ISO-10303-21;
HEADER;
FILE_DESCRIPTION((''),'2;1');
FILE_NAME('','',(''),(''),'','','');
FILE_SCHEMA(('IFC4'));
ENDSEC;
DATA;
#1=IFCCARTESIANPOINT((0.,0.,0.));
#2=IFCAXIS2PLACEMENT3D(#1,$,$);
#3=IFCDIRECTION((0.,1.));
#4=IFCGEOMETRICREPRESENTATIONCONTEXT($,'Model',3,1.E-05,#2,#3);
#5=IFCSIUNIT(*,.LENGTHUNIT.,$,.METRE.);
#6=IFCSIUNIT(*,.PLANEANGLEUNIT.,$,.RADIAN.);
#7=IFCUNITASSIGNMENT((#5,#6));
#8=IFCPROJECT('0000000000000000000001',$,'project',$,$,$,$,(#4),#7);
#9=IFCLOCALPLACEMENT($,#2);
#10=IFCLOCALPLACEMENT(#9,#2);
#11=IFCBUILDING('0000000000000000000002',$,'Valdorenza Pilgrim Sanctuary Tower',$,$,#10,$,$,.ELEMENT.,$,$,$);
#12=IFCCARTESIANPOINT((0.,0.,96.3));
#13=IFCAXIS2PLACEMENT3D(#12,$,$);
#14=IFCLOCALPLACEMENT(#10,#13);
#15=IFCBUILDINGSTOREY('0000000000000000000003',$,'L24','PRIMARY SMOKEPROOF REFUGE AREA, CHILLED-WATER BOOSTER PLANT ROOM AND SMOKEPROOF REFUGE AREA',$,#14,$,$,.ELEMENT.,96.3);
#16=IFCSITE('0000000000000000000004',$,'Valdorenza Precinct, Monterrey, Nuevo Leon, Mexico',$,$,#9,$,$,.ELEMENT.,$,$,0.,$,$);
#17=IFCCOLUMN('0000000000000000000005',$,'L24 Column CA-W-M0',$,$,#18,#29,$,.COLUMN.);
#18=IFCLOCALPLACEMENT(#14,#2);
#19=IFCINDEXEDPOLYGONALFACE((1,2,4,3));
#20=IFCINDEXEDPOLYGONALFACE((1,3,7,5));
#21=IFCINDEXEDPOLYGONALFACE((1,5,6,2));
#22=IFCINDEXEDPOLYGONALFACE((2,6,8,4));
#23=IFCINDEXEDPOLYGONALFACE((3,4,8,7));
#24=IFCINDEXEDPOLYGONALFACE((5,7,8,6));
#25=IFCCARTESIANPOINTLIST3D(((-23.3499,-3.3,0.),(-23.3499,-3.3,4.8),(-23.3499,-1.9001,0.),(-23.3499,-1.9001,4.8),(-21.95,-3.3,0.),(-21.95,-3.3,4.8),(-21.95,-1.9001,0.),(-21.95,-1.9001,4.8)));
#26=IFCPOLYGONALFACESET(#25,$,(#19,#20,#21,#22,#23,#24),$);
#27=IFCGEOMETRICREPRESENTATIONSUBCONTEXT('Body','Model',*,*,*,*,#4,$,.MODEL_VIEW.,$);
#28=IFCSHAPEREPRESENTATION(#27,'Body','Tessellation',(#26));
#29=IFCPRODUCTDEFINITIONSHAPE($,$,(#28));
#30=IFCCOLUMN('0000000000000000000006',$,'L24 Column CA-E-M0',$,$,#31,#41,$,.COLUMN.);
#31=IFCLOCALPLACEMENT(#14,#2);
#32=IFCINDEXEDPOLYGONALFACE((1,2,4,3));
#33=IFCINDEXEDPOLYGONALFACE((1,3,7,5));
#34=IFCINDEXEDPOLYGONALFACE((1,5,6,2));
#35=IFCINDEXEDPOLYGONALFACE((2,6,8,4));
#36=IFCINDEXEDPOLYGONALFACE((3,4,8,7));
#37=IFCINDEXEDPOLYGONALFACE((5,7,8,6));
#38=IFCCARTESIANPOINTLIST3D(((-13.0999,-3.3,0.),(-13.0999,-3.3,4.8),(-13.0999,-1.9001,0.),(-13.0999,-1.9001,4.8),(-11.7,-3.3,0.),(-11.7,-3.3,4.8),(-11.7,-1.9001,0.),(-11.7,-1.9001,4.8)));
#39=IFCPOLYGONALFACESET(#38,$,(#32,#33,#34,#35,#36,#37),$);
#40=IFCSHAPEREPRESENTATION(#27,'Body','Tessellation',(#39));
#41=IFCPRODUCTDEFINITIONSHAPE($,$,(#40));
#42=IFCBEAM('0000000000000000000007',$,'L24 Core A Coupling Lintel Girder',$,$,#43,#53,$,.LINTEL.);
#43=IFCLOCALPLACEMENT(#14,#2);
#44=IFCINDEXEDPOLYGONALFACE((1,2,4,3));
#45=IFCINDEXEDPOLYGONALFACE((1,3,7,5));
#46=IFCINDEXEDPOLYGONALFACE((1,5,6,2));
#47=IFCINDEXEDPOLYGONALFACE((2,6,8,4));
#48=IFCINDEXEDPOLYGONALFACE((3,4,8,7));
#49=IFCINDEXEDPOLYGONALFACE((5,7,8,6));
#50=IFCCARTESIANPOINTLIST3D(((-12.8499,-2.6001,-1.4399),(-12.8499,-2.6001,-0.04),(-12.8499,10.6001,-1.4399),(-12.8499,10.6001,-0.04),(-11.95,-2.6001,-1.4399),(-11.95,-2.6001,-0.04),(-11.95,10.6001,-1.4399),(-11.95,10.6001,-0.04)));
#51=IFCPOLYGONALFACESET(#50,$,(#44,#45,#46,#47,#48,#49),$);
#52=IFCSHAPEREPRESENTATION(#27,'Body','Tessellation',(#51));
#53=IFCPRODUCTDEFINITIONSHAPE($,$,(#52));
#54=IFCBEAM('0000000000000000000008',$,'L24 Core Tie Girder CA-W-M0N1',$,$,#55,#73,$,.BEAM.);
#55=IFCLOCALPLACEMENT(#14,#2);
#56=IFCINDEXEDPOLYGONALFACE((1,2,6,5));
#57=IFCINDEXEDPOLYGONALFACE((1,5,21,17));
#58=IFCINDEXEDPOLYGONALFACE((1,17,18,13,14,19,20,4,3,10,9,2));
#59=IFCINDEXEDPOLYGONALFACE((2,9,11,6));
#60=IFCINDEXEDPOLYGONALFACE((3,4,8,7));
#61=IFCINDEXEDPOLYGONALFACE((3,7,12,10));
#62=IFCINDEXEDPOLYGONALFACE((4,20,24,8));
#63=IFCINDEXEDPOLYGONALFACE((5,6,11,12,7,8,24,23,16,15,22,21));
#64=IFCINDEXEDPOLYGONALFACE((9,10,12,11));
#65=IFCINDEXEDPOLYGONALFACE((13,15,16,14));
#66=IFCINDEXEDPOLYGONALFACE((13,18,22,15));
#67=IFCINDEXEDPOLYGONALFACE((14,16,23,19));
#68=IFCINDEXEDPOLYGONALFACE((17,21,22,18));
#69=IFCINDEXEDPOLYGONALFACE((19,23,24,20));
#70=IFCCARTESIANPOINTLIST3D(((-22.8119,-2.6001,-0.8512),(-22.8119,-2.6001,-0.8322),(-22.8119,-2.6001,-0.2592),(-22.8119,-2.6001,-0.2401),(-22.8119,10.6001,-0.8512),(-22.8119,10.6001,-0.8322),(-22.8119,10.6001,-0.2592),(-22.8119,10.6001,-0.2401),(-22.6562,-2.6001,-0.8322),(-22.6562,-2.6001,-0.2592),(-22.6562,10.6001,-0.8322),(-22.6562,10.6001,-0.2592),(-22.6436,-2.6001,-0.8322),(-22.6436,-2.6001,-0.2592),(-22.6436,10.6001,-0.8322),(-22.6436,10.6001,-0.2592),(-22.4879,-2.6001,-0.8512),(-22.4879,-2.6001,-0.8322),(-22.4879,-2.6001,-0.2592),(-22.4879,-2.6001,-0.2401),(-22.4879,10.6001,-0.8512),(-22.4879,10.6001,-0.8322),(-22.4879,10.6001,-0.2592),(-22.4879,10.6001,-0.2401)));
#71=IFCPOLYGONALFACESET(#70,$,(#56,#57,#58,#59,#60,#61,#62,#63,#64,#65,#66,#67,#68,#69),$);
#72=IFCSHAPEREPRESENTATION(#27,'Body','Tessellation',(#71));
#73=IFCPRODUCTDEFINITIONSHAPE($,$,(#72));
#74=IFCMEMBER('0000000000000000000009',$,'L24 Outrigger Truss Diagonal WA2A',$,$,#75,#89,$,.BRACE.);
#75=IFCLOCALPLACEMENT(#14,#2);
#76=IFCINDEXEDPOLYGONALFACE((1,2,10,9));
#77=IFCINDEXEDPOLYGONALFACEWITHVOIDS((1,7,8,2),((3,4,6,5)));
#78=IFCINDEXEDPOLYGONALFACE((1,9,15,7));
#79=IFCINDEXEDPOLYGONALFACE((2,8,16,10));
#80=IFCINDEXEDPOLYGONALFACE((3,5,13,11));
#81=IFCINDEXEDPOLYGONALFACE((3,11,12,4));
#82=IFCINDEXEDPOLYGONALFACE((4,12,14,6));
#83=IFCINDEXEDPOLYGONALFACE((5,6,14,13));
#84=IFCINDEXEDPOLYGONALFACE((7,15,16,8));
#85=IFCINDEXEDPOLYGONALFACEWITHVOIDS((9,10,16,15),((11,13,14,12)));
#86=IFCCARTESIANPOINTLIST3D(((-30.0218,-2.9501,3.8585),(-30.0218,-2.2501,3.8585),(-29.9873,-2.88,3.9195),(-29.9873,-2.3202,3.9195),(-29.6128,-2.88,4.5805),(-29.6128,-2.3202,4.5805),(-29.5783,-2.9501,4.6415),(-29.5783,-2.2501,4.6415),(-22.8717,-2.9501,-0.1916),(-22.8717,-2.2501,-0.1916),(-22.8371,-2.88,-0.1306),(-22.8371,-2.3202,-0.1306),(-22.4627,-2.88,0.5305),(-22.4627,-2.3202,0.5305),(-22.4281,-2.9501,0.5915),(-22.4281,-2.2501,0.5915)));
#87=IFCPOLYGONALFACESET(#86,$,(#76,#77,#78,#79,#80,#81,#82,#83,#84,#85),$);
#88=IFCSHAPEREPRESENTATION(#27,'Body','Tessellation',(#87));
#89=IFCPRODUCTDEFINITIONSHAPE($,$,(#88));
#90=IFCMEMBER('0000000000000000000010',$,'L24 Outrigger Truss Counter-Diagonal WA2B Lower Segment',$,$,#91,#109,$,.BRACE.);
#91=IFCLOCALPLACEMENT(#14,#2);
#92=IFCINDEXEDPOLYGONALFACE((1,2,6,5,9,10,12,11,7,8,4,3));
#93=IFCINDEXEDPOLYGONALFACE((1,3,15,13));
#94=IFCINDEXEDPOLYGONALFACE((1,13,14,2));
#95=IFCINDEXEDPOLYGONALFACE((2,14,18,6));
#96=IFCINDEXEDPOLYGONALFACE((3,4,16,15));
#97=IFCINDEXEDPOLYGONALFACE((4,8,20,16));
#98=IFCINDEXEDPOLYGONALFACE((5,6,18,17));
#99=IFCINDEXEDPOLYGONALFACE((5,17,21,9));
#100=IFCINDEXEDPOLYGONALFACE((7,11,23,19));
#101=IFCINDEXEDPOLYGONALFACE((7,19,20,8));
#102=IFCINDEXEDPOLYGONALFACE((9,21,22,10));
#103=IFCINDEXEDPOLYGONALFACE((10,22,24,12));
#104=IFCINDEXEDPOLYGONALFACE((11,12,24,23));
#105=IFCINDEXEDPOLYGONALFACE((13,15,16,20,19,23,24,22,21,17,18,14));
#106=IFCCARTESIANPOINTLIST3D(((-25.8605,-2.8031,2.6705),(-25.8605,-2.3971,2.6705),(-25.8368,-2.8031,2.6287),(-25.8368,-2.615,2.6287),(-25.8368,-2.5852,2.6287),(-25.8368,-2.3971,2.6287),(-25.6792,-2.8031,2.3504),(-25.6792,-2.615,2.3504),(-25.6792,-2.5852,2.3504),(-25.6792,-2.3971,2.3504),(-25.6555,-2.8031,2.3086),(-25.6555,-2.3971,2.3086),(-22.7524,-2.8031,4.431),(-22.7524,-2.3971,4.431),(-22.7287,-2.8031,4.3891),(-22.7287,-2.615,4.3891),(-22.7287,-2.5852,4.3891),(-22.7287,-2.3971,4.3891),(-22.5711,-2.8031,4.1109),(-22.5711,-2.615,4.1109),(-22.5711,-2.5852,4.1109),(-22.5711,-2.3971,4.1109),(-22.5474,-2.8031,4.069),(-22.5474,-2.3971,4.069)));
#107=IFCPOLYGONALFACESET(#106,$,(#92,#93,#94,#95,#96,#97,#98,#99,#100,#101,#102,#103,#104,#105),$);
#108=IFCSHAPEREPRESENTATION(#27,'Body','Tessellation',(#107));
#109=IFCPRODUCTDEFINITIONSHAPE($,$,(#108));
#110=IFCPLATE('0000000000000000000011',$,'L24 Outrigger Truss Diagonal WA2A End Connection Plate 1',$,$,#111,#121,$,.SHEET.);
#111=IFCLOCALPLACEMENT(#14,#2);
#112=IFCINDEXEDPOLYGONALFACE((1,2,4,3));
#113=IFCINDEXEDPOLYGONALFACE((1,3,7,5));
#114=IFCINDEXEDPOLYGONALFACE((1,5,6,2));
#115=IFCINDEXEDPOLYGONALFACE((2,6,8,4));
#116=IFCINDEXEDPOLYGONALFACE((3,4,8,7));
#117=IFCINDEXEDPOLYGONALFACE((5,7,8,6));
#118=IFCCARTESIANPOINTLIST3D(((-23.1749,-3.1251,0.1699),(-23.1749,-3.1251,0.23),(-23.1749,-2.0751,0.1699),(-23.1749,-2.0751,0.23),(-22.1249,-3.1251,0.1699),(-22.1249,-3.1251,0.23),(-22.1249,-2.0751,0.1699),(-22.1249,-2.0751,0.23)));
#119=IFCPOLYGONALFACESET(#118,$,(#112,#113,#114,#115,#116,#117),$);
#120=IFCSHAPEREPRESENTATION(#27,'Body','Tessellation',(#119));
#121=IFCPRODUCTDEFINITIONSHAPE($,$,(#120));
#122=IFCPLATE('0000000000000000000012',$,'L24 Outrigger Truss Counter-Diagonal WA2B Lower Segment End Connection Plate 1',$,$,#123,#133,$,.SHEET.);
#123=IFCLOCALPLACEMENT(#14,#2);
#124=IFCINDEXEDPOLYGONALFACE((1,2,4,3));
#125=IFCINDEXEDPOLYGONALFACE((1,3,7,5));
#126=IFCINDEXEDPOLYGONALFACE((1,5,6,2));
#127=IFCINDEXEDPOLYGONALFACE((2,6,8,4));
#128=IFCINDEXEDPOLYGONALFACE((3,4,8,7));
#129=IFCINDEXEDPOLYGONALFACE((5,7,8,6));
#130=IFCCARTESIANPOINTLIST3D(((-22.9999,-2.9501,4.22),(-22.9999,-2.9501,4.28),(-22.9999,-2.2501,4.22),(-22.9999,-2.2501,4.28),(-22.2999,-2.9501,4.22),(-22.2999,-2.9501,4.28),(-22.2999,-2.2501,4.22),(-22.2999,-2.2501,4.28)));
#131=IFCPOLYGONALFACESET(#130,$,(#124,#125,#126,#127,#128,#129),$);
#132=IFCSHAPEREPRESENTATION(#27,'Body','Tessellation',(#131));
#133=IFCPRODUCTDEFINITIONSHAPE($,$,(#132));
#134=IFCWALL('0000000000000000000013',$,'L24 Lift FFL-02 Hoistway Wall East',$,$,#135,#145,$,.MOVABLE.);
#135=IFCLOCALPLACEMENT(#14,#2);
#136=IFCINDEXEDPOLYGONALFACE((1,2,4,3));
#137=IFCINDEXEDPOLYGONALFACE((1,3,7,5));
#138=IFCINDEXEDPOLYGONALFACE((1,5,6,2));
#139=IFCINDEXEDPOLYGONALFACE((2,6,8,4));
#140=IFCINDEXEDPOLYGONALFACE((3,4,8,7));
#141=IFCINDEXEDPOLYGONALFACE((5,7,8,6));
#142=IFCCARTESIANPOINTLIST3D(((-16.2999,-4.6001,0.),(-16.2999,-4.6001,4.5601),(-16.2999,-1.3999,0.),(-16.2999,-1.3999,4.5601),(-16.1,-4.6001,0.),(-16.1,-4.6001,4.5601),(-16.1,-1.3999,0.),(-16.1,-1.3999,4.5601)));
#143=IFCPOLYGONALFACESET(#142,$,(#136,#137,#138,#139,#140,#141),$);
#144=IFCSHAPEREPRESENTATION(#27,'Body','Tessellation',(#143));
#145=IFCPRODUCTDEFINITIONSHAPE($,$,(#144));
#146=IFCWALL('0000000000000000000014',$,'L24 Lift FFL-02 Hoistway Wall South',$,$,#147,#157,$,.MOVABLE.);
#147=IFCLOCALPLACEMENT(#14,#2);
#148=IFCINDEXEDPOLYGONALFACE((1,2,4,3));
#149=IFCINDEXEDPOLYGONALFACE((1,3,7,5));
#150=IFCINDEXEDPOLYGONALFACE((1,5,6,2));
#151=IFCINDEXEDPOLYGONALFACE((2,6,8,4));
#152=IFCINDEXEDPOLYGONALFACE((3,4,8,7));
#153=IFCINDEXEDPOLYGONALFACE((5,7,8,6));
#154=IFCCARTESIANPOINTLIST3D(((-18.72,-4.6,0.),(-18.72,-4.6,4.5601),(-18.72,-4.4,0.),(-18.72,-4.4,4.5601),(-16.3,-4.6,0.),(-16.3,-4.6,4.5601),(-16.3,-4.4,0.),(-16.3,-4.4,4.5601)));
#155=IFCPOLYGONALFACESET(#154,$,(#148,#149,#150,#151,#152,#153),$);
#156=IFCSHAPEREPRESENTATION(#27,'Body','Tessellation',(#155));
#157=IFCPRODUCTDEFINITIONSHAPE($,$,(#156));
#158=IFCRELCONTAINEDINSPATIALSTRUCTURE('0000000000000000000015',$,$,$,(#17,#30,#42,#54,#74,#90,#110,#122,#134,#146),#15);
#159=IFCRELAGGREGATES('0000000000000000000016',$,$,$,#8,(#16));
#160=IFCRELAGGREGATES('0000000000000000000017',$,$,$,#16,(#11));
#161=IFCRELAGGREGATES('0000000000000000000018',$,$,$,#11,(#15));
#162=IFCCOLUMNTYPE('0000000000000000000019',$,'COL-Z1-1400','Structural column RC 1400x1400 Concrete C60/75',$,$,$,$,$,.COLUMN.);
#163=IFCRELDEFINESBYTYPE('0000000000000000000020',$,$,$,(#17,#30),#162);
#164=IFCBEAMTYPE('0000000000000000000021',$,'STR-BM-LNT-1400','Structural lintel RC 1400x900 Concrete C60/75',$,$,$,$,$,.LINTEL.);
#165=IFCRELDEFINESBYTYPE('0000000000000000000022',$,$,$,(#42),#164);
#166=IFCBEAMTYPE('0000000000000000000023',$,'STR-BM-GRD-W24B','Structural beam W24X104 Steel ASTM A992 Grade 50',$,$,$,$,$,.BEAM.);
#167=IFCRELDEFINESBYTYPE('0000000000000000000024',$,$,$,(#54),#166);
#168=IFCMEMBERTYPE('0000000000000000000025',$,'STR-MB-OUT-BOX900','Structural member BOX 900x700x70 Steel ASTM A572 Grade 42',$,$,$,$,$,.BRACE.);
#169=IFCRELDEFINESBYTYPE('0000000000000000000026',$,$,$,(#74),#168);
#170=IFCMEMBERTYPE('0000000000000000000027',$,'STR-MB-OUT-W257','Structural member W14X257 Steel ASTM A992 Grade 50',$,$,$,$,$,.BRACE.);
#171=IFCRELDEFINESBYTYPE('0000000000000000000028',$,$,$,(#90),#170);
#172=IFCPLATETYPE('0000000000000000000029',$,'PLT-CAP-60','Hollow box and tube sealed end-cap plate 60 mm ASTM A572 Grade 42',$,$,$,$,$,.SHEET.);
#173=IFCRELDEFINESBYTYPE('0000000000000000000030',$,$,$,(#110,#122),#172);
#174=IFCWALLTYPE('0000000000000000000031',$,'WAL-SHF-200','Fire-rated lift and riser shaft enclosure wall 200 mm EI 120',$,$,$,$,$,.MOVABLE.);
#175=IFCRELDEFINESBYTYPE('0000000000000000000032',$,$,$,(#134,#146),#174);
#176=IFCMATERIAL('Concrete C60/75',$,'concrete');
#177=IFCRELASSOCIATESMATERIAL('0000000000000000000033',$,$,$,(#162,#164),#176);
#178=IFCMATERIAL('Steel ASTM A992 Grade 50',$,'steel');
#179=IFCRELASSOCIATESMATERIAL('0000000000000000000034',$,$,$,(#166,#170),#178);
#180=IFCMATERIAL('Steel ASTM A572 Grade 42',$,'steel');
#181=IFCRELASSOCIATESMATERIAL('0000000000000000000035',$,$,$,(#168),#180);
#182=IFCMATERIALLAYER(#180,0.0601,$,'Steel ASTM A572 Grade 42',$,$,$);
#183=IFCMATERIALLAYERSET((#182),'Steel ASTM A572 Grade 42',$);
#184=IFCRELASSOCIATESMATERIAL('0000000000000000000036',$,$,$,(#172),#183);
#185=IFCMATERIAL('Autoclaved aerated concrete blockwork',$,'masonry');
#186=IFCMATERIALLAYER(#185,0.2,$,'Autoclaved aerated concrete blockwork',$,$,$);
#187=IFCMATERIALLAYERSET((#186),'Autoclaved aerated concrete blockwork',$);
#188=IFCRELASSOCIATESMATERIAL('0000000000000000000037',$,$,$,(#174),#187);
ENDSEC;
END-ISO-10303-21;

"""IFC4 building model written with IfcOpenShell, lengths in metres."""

from ifc_helpers import new_model, si_unit, direction, frame, frame_2d, origin, origin_2d, place, context, subcontext, project, spatial, rectangle, hollow_rectangle, i_section, extrude, source, transform, mapped, material, layer, layer_set, material_profile, profile_set, type_object, element, save


model = new_model("IFC4")

# Units and contexts
model_context = context("Model", 3, precision=1e-05, world=origin(), true_north=direction((0.0, 1.0)))
body_context = subcontext(model_context, "Body", "Model", "MODEL_VIEW")
ifc_project = project(units=[si_unit("LENGTHUNIT", "METRE"), si_unit("PLANEANGLEUNIT", "RADIAN")], contexts=[model_context])

# Site, building, storey
site_placement = place(None, origin())
site = spatial("IfcSite", under=ifc_project, at=site_placement, Name="Valdorenza Precinct, Monterrey, Nuevo Leon, Mexico", CompositionType="ELEMENT", RefElevation=0.0)
building_placement = place(site_placement, origin())
building = spatial("IfcBuilding", under=site, at=building_placement, Name="Valdorenza Pilgrim Sanctuary Tower", CompositionType="ELEMENT")
storey_placement = place(building_placement, frame((0.0, 0.0, 96.3)))
storey = spatial("IfcBuildingStorey", under=building, at=storey_placement, Name="L24", Description="PRIMARY SMOKEPROOF REFUGE AREA, CHILLED-WATER BOOSTER PLANT ROOM AND SMOKEPROOF REFUGE AREA", CompositionType="ELEMENT", Elevation=96.3)

# Columns
ifc_material_1 = material(Name="Concrete C60/75", Category="concrete")
ifc_material_profile_1 = material_profile(ifc_material_1, rectangle(XDim=1.3999, YDim=1.3999, at=origin_2d()), Name="RC 1400x1400")
ifc_profile_set_1 = profile_set([ifc_material_profile_1], Name="Concrete C60/75")
column_type = type_object("IfcColumnType", Name="COL-Z1-1400", Description="Structural column RC 1400x1400 Concrete C60/75", PredefinedType="COLUMN", material=ifc_profile_set_1)
shared_shape_1 = source(origin(), body_context, "Body", "SweptSolid", [
    extrude(rectangle(XDim=1.3999, YDim=1.3999, at=origin_2d()), origin(), (0.0, 0.0, 1.0), 4.8),
])
for number, where, z_axis, x_axis, name in (
    (1, (-22.6499, -2.6001, 0.0), (0.0, 0.0, 1.0), (1.0, 0.0, 0.0), "L24 Column CA-W-M0"),
    (2, (-12.3999, -2.6001, 0.0), (0.0, 0.0, 1.0), (1.0, 0.0, 0.0), "L24 Column CA-E-M0"),
):
    element("IfcColumn", number, at=place(storey_placement, frame(where, z_axis=z_axis, x_axis=x_axis)), inside=storey, type_object=column_type, Name=name, PredefinedType="COLUMN", context=body_context, shape_type="MappedRepresentation", body=[
        mapped(shared_shape_1, transform((0.0, 0.0, 0.0), x_axis=(1.0, 0.0, 0.0), y_axis=(0.0, 1.0, 0.0), z_axis=(0.0, 0.0, 1.0), scale=1.0)),
    ])

# Beams
ifc_material_profile_2 = material_profile(ifc_material_1, rectangle(XDim=0.8999, YDim=1.3999, at=origin_2d()), Name="RC 1400x900")
ifc_profile_set_2 = profile_set([ifc_material_profile_2], Name="Concrete C60/75")
beam_type_1 = type_object("IfcBeamType", Name="STR-BM-LNT-1400", Description="Structural lintel RC 1400x900 Concrete C60/75", PredefinedType="LINTEL", material=ifc_profile_set_2)
shared_shape_2 = source(origin(), body_context, "Body", "SweptSolid", [
    extrude(rectangle(XDim=0.8999, YDim=1.3999, at=origin_2d()), origin(), (0.0, 0.0, 1.0), 13.2002),
])
beam_1_placement = place(storey_placement, frame((-12.3999, -2.6001, -0.74), z_axis=(0.0, 1.0, 0.0), x_axis=(-1.0, 0.0, 0.0)))
element("IfcBeam", 3, at=beam_1_placement, inside=storey, type_object=beam_type_1, Name="L24 Core A Coupling Lintel Girder", PredefinedType="LINTEL", context=body_context, shape_type="MappedRepresentation", body=[
    mapped(shared_shape_2, transform((0.0, 0.0, 0.0), x_axis=(1.0, 0.0, 0.0), y_axis=(0.0, 1.0, 0.0), z_axis=(0.0, 0.0, 1.0), scale=1.0)),
])
ifc_material_2 = material(Name="Steel ASTM A992 Grade 50", Category="steel")
ifc_material_profile_3 = material_profile(ifc_material_2, i_section(OverallWidth=0.324, OverallDepth=0.6111, WebThickness=0.0127, FlangeThickness=0.019, at=origin_2d()), Name="W24X104")
ifc_profile_set_3 = profile_set([ifc_material_profile_3], Name="Steel ASTM A992 Grade 50")
beam_type_2 = type_object("IfcBeamType", Name="STR-BM-GRD-W24B", Description="Structural beam W24X104 Steel ASTM A992 Grade 50", PredefinedType="BEAM", material=ifc_profile_set_3)
shared_shape_3 = source(origin(), body_context, "Body", "SweptSolid", [
    extrude(i_section(OverallWidth=0.324, OverallDepth=0.6111, WebThickness=0.0127, FlangeThickness=0.019, at=origin_2d()), origin(), (0.0, 0.0, 1.0), 13.2002),
])
beam_2_placement = place(storey_placement, frame((-22.6499, -2.6001, -0.5457), z_axis=(0.0, 1.0, 0.0), x_axis=(-1.0, 0.0, 0.0)))
element("IfcBeam", 4, at=beam_2_placement, inside=storey, type_object=beam_type_2, Name="L24 Core Tie Girder CA-W-M0N1", PredefinedType="BEAM", context=body_context, shape_type="MappedRepresentation", body=[
    mapped(shared_shape_3, transform((0.0, 0.0, 0.0), x_axis=(1.0, 0.0, 0.0), y_axis=(0.0, 1.0, 0.0), z_axis=(0.0, 0.0, 1.0), scale=1.0)),
])

# Members
ifc_material_3 = material(Name="Steel ASTM A572 Grade 42", Category="steel")
ifc_material_profile_4 = material_profile(ifc_material_3, hollow_rectangle(XDim=0.7, YDim=0.8999, WallThickness=0.0701, at=origin_2d()), Name="BOX 900x700x70")
ifc_profile_set_4 = profile_set([ifc_material_profile_4], Name="Steel ASTM A572 Grade 42")
member_type_1 = type_object("IfcMemberType", Name="STR-MB-OUT-BOX900", Description="Structural member BOX 900x700x70 Steel ASTM A572 Grade 42", PredefinedType="BRACE", material=ifc_profile_set_4)
shared_shape_4 = source(origin(), body_context, "Body", "SweptSolid", [
    extrude(hollow_rectangle(XDim=0.7, YDim=0.8999, WallThickness=0.0701, at=origin_2d()), origin(), (0.0, 0.0, 1.0), 8.2175),
])
member_1_placement = place(storey_placement, frame((-22.6499, -2.6001, 0.2), z_axis=(-0.870111, 0.0, 0.492856), x_axis=(0.0, -1.0, 0.0)))
element("IfcMember", 5, at=member_1_placement, inside=storey, type_object=member_type_1, Name="L24 Outrigger Truss Diagonal WA2A", PredefinedType="BRACE", context=body_context, shape_type="MappedRepresentation", body=[
    mapped(shared_shape_4, transform((0.0, 0.0, 0.0), x_axis=(1.0, 0.0, 0.0), y_axis=(0.0, 1.0, 0.0), z_axis=(0.0, 0.0, 1.0), scale=1.0)),
])
ifc_material_profile_5 = material_profile(ifc_material_2, i_section(OverallWidth=0.406, OverallDepth=0.416, WebThickness=0.0298, FlangeThickness=0.0481, at=origin_2d()), Name="W14X257")
ifc_profile_set_5 = profile_set([ifc_material_profile_5], Name="Steel ASTM A992 Grade 50")
member_type_2 = type_object("IfcMemberType", Name="STR-MB-OUT-W257", Description="Structural member W14X257 Steel ASTM A992 Grade 50", PredefinedType="BRACE", material=ifc_profile_set_5)
shared_shape_5 = source(origin(), body_context, "Body", "SweptSolid", [
    extrude(i_section(OverallWidth=0.406, OverallDepth=0.416, WebThickness=0.0298, FlangeThickness=0.0481, at=origin_2d()), origin(), (0.0, 0.0, 1.0), 3.572),
])
member_2_placement = place(storey_placement, frame((-22.6499, -2.6001, 4.25), z_axis=(-0.870117, 0.0, -0.492845), x_axis=(0.0, -1.0, 0.0)))
element("IfcMember", 6, at=member_2_placement, inside=storey, type_object=member_type_2, Name="L24 Outrigger Truss Counter-Diagonal WA2B Lower Segment", PredefinedType="BRACE", context=body_context, shape_type="MappedRepresentation", body=[
    mapped(shared_shape_5, transform((0.0, 0.0, 0.0), x_axis=(1.0, 0.0, 0.0), y_axis=(0.0, 1.0, 0.0), z_axis=(0.0, 0.0, 1.0), scale=1.0)),
])

# Plates
ifc_layer_1 = layer(ifc_material_3, 0.0601, Name="Steel ASTM A572 Grade 42")
ifc_layer_set_1 = layer_set([ifc_layer_1], Name="Steel ASTM A572 Grade 42")
plate_type = type_object("IfcPlateType", Name="PLT-CAP-60", Description="Hollow box and tube sealed end-cap plate 60 mm ASTM A572 Grade 42", PredefinedType="SHEET", material=ifc_layer_set_1)
shared_shape_6 = source(origin(), body_context, "Body", "SweptSolid", [
    extrude(rectangle(XDim=1.05, YDim=1.05, at=origin_2d()), origin(), (0.0, 0.0, 1.0), 0.0601),
])
plate_1_placement = place(storey_placement, frame((-22.6499, -2.6001, 0.1699), z_axis=(0.0, 0.0, 1.0), x_axis=(1.0, 0.0, 0.0)))
element("IfcPlate", 7, at=plate_1_placement, inside=storey, type_object=plate_type, Name="L24 Outrigger Truss Diagonal WA2A End Connection Plate 1", PredefinedType="SHEET", context=body_context, shape_type="MappedRepresentation", body=[
    mapped(shared_shape_6, transform((0.0, 0.0, 0.0), x_axis=(1.0, 0.0, 0.0), y_axis=(0.0, 1.0, 0.0), z_axis=(0.0, 0.0, 1.0), scale=1.0)),
])
shared_shape_7 = source(origin(), body_context, "Body", "SweptSolid", [
    extrude(rectangle(XDim=0.7, YDim=0.7, at=origin_2d()), origin(), (0.0, 0.0, 1.0), 0.0601),
])
plate_2_placement = place(storey_placement, frame((-22.6499, -2.6001, 4.22), z_axis=(0.0, 0.0, 1.0), x_axis=(1.0, 0.0, 0.0)))
element("IfcPlate", 8, at=plate_2_placement, inside=storey, type_object=plate_type, Name="L24 Outrigger Truss Counter-Diagonal WA2B Lower Segment End Connection Plate 1", PredefinedType="SHEET", context=body_context, shape_type="MappedRepresentation", body=[
    mapped(shared_shape_7, transform((0.0, 0.0, 0.0), x_axis=(1.0, 0.0, 0.0), y_axis=(0.0, 1.0, 0.0), z_axis=(0.0, 0.0, 1.0), scale=1.0)),
])

# Walls
ifc_material_4 = material(Name="Autoclaved aerated concrete blockwork", Category="masonry")
ifc_layer_2 = layer(ifc_material_4, 0.2, Name="Autoclaved aerated concrete blockwork")
ifc_layer_set_2 = layer_set([ifc_layer_2], Name="Autoclaved aerated concrete blockwork")
wall_type_1 = type_object("IfcWallType", Name="WAL-SHF-200", Description="Fire-rated lift and riser shaft enclosure wall 200 mm EI 120", PredefinedType="MOVABLE", material=ifc_layer_set_2)
wall_1_placement = place(storey_placement, frame((-16.2, -4.6001, 0.0), z_axis=(0.0, 0.0, 1.0), x_axis=(0.0, 1.0, 0.0)))
element("IfcWall", 9, at=wall_1_placement, inside=storey, type_object=wall_type_1, Name="L24 Lift FFL-02 Hoistway Wall East", PredefinedType="MOVABLE", context=body_context, shape_type="SweptSolid", body=[
    extrude(rectangle(XDim=3.2002, YDim=0.2, at=frame_2d((1.6001, 0.0))), origin(), (0.0, 0.0, 1.0), 4.5601),
])
wall_2_placement = place(storey_placement, frame((-18.72, -4.5, 0.0), z_axis=(0.0, 0.0, 1.0), x_axis=(1.0, 0.0, 0.0)))
element("IfcWall", 10, at=wall_2_placement, inside=storey, type_object=wall_type_1, Name="L24 Lift FFL-02 Hoistway Wall South", PredefinedType="MOVABLE", context=body_context, shape_type="SweptSolid", body=[
    extrude(rectangle(XDim=2.4199, YDim=0.2, at=frame_2d((1.21, 0.0))), origin(), (0.0, 0.0, 1.0), 4.5601),
])

save(model, "model.ifc")
